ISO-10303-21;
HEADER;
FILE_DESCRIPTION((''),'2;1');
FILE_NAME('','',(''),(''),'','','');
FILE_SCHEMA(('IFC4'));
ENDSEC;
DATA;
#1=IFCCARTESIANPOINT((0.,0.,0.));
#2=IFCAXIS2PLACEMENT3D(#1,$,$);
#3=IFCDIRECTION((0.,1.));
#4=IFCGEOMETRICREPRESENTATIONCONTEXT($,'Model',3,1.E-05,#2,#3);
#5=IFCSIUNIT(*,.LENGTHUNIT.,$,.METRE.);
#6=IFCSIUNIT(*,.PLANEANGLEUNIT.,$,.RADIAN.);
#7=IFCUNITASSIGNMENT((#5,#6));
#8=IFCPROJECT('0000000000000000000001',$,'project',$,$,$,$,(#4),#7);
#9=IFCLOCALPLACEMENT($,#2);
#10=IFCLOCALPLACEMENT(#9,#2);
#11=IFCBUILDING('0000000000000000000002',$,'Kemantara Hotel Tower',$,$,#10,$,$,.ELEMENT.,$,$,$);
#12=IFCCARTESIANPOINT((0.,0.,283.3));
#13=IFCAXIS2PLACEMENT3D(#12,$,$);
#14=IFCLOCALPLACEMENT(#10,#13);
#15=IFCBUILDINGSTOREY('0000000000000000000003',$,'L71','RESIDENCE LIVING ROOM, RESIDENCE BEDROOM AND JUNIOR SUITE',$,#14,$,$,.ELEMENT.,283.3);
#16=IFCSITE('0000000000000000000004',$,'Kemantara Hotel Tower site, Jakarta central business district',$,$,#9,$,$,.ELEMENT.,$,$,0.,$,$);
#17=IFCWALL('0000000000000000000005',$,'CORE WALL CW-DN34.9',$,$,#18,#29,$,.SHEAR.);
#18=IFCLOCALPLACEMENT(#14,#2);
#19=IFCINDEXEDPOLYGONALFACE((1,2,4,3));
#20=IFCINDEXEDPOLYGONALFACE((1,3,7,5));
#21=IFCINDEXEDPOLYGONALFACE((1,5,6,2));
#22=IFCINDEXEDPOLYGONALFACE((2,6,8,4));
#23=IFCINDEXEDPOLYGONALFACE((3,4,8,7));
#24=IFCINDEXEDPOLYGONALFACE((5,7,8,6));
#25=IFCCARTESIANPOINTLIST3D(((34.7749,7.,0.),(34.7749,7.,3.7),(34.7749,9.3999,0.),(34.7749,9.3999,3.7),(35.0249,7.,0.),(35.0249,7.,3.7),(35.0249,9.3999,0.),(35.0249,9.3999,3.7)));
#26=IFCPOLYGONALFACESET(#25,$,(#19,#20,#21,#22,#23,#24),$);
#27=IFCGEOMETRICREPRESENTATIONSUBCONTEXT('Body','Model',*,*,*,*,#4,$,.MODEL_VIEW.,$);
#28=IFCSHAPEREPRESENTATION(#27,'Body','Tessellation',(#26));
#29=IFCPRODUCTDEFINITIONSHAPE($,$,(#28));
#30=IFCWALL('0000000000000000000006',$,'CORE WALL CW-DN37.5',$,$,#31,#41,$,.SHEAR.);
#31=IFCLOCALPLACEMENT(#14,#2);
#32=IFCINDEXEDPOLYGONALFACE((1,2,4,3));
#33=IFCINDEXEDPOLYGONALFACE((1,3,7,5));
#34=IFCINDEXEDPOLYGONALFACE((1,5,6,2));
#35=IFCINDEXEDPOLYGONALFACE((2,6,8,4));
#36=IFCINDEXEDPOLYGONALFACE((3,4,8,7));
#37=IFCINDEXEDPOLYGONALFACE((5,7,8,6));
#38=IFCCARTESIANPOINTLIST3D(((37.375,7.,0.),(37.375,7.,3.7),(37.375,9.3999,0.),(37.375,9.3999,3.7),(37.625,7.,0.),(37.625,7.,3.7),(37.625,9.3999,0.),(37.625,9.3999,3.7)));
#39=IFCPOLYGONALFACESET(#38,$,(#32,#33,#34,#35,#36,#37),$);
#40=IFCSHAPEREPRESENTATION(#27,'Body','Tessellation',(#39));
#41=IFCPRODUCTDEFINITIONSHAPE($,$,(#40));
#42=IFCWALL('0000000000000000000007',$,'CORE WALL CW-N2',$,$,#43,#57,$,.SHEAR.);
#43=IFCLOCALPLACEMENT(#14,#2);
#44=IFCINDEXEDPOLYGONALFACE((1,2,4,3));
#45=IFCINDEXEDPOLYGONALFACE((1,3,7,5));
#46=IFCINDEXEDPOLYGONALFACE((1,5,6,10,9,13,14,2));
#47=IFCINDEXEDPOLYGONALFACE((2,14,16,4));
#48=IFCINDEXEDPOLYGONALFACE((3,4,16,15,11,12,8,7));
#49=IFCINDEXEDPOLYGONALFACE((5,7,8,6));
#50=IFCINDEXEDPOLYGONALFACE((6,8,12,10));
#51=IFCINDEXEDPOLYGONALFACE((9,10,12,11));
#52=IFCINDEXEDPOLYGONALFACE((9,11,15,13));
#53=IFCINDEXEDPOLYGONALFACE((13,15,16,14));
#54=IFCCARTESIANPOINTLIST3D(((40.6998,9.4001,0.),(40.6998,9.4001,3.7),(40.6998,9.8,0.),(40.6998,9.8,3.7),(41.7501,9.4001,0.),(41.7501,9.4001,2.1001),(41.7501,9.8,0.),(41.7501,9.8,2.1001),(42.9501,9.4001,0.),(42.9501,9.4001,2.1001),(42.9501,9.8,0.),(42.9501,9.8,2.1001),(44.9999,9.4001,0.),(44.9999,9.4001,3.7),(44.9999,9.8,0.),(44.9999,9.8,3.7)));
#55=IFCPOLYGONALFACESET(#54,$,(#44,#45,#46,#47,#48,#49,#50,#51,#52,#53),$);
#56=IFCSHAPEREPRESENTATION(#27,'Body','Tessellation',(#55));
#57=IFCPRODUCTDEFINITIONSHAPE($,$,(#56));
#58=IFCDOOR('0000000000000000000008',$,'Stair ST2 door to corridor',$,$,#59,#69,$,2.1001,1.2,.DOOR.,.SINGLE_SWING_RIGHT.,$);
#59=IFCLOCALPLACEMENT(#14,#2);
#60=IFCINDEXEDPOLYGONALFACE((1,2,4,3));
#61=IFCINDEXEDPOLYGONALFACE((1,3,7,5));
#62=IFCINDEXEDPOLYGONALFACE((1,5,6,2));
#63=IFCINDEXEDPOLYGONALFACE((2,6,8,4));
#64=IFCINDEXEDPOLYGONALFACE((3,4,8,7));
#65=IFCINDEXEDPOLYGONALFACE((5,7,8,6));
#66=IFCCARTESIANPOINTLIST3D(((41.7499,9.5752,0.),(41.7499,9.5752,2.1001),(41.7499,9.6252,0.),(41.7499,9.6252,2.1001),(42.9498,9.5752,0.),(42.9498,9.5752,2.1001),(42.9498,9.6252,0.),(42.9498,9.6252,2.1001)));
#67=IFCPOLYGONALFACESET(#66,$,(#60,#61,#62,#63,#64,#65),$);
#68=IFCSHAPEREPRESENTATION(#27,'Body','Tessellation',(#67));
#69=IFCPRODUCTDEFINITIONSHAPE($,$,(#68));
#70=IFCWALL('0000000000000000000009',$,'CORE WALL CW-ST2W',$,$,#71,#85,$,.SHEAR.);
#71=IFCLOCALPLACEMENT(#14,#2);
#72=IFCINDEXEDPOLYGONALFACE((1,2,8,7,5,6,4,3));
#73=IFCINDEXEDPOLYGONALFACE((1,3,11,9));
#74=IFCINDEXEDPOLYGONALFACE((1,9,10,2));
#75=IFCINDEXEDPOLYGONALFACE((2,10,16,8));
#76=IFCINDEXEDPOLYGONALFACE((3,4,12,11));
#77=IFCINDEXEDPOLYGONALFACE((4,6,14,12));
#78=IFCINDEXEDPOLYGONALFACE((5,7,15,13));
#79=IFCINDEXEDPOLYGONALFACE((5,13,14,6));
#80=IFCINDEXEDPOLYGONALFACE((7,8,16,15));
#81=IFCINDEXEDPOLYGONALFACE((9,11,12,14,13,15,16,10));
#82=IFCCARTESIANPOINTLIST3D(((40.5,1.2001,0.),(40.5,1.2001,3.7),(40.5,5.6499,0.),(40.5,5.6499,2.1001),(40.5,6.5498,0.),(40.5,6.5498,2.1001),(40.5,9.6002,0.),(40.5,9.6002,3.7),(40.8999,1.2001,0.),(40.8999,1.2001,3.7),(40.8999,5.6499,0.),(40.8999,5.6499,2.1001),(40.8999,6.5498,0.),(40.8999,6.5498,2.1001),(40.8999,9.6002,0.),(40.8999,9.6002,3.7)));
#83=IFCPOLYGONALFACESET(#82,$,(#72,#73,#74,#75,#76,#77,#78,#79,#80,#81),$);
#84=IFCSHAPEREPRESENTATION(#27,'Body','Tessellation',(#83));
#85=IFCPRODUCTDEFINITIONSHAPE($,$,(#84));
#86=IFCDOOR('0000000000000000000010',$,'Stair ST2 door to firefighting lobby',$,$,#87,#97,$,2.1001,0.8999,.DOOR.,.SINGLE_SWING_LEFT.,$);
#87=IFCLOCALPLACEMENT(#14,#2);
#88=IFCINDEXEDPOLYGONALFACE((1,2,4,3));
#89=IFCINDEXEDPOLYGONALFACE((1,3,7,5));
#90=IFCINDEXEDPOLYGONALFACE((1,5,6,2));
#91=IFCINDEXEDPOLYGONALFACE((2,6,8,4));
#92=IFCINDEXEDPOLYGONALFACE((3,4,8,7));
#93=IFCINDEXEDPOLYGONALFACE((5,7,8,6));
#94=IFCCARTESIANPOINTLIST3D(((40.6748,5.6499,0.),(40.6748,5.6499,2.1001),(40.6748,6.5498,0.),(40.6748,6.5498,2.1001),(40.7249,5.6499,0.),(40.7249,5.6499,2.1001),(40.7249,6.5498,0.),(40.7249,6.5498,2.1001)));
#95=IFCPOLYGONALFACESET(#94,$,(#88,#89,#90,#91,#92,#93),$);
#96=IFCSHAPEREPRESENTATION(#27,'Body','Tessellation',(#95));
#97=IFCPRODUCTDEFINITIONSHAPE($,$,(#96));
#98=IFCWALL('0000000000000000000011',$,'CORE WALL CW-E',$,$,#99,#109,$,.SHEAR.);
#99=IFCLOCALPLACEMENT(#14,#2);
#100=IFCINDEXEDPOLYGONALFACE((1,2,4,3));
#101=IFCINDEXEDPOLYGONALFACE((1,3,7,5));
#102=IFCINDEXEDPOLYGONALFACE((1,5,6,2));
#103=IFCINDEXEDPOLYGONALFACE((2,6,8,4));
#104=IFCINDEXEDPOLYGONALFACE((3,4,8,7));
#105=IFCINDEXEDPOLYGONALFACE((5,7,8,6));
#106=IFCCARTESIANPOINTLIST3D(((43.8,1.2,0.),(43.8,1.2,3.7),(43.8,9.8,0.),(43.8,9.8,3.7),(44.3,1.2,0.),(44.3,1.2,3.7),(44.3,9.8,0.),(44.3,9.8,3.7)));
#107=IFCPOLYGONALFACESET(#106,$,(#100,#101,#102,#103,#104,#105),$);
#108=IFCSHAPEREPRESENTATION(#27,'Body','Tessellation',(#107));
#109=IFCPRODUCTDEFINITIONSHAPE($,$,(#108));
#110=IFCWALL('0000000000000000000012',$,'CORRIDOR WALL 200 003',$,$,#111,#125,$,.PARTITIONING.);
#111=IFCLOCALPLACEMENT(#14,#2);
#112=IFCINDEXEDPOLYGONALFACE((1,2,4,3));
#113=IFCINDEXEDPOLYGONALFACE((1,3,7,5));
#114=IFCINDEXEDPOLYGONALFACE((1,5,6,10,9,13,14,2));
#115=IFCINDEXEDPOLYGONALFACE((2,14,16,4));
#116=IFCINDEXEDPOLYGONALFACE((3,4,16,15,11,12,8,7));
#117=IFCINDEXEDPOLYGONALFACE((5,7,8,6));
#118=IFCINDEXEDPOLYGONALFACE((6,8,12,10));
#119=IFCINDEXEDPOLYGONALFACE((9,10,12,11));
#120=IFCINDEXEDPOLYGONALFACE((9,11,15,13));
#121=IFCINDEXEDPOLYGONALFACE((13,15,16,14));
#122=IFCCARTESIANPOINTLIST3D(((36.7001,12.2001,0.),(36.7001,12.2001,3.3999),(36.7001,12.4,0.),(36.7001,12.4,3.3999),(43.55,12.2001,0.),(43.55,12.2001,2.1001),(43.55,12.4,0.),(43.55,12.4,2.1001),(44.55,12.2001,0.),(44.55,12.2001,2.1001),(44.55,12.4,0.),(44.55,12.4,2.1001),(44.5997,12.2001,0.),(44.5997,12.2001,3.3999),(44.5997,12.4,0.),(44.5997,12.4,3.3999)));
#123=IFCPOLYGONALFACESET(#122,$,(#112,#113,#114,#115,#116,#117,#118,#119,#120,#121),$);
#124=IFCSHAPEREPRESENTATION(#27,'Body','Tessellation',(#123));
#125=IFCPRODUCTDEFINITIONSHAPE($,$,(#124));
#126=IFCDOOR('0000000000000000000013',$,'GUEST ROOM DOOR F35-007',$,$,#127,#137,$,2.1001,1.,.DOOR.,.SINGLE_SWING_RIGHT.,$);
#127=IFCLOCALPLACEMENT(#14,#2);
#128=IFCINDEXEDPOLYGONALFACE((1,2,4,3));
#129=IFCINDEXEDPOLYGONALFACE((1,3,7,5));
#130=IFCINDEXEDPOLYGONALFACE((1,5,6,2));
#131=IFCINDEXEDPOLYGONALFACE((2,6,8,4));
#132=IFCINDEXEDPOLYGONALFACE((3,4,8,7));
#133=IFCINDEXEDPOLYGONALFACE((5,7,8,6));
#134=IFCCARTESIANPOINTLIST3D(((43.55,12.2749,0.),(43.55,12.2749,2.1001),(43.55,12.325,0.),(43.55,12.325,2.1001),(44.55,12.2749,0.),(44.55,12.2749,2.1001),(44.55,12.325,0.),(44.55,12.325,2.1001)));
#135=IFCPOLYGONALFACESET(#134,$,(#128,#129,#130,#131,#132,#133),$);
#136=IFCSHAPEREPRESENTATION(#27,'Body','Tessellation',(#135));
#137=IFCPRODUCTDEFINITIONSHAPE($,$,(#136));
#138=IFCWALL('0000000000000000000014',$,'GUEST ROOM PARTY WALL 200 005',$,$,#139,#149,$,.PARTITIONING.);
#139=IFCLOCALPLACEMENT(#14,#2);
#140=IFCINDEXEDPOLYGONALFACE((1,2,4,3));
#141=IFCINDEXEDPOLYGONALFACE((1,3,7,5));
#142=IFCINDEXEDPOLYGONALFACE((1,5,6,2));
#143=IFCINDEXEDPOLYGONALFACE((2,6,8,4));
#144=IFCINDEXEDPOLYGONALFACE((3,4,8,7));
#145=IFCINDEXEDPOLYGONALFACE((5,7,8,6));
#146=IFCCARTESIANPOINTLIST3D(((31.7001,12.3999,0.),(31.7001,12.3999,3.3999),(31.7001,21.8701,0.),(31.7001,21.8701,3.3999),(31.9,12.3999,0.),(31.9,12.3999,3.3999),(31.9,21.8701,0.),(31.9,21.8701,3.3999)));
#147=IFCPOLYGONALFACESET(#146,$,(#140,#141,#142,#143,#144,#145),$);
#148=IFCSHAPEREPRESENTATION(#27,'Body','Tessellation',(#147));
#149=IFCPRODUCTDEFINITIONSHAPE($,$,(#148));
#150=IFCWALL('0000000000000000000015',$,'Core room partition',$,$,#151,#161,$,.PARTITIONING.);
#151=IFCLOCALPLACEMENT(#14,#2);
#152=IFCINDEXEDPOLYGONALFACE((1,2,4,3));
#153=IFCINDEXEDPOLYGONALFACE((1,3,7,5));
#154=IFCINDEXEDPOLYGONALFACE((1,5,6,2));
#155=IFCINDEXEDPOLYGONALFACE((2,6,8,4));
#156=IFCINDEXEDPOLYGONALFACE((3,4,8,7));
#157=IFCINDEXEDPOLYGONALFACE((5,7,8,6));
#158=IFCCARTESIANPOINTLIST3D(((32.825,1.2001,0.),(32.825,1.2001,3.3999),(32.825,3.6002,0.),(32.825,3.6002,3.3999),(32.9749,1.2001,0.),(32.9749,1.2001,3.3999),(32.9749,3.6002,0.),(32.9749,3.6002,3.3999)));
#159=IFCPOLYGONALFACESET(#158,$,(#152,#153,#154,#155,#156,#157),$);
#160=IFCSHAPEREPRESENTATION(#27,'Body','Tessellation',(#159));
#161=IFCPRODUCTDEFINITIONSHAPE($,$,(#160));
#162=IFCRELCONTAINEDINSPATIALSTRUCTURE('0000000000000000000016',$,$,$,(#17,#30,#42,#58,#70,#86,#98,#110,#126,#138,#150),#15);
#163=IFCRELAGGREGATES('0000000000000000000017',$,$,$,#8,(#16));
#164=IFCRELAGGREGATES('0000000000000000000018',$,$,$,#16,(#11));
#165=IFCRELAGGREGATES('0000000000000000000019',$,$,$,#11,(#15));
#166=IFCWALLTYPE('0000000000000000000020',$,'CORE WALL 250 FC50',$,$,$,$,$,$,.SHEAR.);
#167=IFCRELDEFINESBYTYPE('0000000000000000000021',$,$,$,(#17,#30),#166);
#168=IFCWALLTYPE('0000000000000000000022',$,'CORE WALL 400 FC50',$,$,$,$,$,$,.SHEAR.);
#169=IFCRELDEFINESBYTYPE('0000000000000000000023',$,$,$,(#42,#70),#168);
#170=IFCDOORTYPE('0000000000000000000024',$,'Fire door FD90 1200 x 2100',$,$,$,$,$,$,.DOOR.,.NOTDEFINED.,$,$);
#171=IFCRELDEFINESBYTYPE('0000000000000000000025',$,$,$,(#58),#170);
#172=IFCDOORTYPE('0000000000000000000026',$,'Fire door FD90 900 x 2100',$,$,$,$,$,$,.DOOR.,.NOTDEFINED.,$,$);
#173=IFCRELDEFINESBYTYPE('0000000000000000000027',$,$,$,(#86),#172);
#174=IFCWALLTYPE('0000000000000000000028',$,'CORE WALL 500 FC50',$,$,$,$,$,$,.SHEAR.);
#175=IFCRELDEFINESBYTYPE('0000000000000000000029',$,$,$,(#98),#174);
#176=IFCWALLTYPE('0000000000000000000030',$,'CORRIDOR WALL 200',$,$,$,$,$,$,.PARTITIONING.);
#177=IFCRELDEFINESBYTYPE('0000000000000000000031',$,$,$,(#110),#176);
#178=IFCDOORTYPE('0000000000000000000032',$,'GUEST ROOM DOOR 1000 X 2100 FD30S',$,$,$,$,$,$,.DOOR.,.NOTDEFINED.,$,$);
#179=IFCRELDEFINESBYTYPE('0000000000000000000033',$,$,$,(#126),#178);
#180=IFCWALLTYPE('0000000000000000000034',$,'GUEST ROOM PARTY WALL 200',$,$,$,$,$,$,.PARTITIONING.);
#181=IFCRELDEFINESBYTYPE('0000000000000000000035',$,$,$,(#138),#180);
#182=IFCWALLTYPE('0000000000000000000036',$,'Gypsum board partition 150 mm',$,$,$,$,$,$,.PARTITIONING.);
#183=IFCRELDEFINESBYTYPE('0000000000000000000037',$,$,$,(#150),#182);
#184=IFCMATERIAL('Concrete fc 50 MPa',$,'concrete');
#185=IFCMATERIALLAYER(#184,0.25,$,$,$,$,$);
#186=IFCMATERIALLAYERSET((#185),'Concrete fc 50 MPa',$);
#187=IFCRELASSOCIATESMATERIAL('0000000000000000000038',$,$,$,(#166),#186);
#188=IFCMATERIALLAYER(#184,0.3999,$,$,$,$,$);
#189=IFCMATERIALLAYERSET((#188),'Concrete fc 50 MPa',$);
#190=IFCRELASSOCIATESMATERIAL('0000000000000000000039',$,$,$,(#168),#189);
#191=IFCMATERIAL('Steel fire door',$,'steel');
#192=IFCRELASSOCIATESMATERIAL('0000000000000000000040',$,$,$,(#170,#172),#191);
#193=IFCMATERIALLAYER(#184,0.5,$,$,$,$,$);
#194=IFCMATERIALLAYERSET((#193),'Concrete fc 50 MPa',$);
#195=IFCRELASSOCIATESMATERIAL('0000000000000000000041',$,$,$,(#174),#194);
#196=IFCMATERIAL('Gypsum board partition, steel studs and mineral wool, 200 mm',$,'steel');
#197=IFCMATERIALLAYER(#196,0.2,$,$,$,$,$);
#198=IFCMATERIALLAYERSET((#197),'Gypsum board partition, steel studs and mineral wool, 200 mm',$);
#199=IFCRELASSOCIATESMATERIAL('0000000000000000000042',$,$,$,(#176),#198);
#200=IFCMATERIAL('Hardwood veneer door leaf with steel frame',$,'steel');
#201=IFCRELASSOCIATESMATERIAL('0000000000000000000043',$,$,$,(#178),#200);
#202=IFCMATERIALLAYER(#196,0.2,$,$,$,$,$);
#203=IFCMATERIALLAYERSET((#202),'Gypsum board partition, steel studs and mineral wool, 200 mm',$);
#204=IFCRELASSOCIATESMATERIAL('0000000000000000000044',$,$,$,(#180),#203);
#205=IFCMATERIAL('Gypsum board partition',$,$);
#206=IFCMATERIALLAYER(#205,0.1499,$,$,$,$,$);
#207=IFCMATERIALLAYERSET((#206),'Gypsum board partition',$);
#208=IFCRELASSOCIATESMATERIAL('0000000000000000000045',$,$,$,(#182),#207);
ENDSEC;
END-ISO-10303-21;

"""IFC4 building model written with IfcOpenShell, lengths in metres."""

from ifc_helpers import new_model, si_unit, direction, frame, frame_2d, origin, place, context, subcontext, project, spatial, rectangle, extrude, material, layer, layer_set, type_object, element, fill, save


model = new_model("IFC4")

# Units and contexts
model_context = context("Model", 3, precision=1e-05, world=origin(), true_north=direction((0.0, 1.0)))
body_context = subcontext(model_context, "Body", "Model", "MODEL_VIEW")
ifc_project = project(units=[si_unit("LENGTHUNIT", "METRE"), si_unit("PLANEANGLEUNIT", "RADIAN")], contexts=[model_context])

# Site, building, storey
site_placement = place(None, origin())
site = spatial("IfcSite", under=ifc_project, at=site_placement, Name="Kemantara Hotel Tower site, Jakarta central business district", CompositionType="ELEMENT", RefElevation=0.0)
building_placement = place(site_placement, origin())
building = spatial("IfcBuilding", under=site, at=building_placement, Name="Kemantara Hotel Tower", CompositionType="ELEMENT")
storey_placement = place(building_placement, frame((0.0, 0.0, 283.3)))
storey = spatial("IfcBuildingStorey", under=building, at=storey_placement, Name="L71", Description="RESIDENCE LIVING ROOM, RESIDENCE BEDROOM AND JUNIOR SUITE", CompositionType="ELEMENT", Elevation=283.3)

# Shared definitions
ifc_material_1 = material(Name="Concrete fc 50 MPa", Category="concrete")

# Walls
ifc_layer_1 = layer(ifc_material_1, 0.25)
ifc_layer_set_1 = layer_set([ifc_layer_1], Name="Concrete fc 50 MPa")
wall_type_1 = type_object("IfcWallType", Name="CORE WALL 250 FC50", PredefinedType="SHEAR", material=ifc_layer_set_1)
for number, where, z_axis, x_axis, name in (
    (1, (34.8999, 7.0, 0.0), (0.0, 0.0, 1.0), (0.0, 1.0, 0.0), "CORE WALL CW-DN34.9"),
    (2, (37.5, 7.0, 0.0), (0.0, 0.0, 1.0), (0.0, 1.0, 0.0), "CORE WALL CW-DN37.5"),
):
    element("IfcWall", number, at=place(storey_placement, frame(where, z_axis=z_axis, x_axis=x_axis)), inside=storey, type_object=wall_type_1, Name=name, PredefinedType="SHEAR", context=body_context, shape_type="SweptSolid", body=[
        extrude(rectangle(XDim=2.3999, YDim=0.25, at=frame_2d((1.2, 0.0))), origin(), (0.0, 0.0, 1.0), 3.7),
    ])

# Walls, openings, doors
ifc_layer_2 = layer(ifc_material_1, 0.3999)
ifc_layer_set_2 = layer_set([ifc_layer_2], Name="Concrete fc 50 MPa")
wall_type_2 = type_object("IfcWallType", Name="CORE WALL 400 FC50", PredefinedType="SHEAR", material=ifc_layer_set_2)
wall_1_placement = place(storey_placement, frame((40.7, 9.6001, 0.0), z_axis=(0.0, 0.0, 1.0), x_axis=(1.0, 0.0, 0.0)))
wall_1 = element("IfcWall", 3, at=wall_1_placement, inside=storey, type_object=wall_type_2, Name="CORE WALL CW-N2", PredefinedType="SHEAR", context=body_context, shape_type="SweptSolid", body=[
    extrude(rectangle(XDim=4.3, YDim=0.3999, at=frame_2d((2.1499, 0.0))), origin(), (0.0, 0.0, 1.0), 3.7),
])
opening_1_placement = place(wall_1_placement, frame((1.05, 0.0, 0.0)))
opening_1 = element("IfcOpeningElement", 4, at=opening_1_placement, cuts=wall_1, PredefinedType="OPENING", context=body_context, shape_type="SweptSolid", body=[
    extrude(rectangle(XDim=1.2, YDim=2.1001, at=frame_2d((0.6001, 1.05))), frame((0.0, 0.21, 0.0), z_axis=(0.0, -1.0, 0.0), x_axis=(1.0, 0.0, 0.0)), (0.0, 0.0, 1.0), 0.4199),
])
ifc_material_2 = material(Name="Steel fire door", Category="steel")
door_type_1 = type_object("IfcDoorType", Name="Fire door FD90 1200 x 2100", OperationType="NOTDEFINED", PredefinedType="DOOR", material=ifc_material_2)
door_1_placement = place(opening_1_placement, frame((1.2, 0.0, 0.0), z_axis=(0.0, 0.0, 1.0), x_axis=(-1.0, 0.0, 0.0)))
door_1 = element("IfcDoor", 5, at=door_1_placement, inside=storey, type_object=door_type_1, Name="Stair ST2 door to corridor", OperationType="SINGLE_SWING_RIGHT", OverallHeight=2.1001, OverallWidth=1.2, PredefinedType="DOOR", context=body_context, shape_type="SweptSolid", body=[
    extrude(rectangle(XDim=1.2, YDim=2.1001, at=frame_2d((0.6001, 1.05))), frame((0.0, 0.0249, 0.0), z_axis=(0.0, -1.0, 0.0), x_axis=(1.0, 0.0, 0.0)), (0.0, 0.0, 1.0), 0.05),
])
fill(opening_1, door_1)
wall_2_placement = place(storey_placement, frame((40.7, 1.2, 0.0), z_axis=(0.0, 0.0, 1.0), x_axis=(0.0, 1.0, 0.0)))
wall_2 = element("IfcWall", 6, at=wall_2_placement, inside=storey, type_object=wall_type_2, Name="CORE WALL CW-ST2W", PredefinedType="SHEAR", context=body_context, shape_type="SweptSolid", body=[
    extrude(rectangle(XDim=8.4001, YDim=0.3999, at=frame_2d((4.2002, 0.0))), origin(), (0.0, 0.0, 1.0), 3.7),
])
opening_2_placement = place(wall_2_placement, frame((4.45, 0.0, 0.0)))
opening_2 = element("IfcOpeningElement", 7, at=opening_2_placement, cuts=wall_2, PredefinedType="OPENING", context=body_context, shape_type="SweptSolid", body=[
    extrude(rectangle(XDim=0.8999, YDim=2.1001, at=frame_2d((0.45, 1.05))), frame((0.0, 0.21, 0.0), z_axis=(0.0, -1.0, 0.0), x_axis=(1.0, 0.0, 0.0)), (0.0, 0.0, 1.0), 0.4199),
])
door_type_2 = type_object("IfcDoorType", Name="Fire door FD90 900 x 2100", OperationType="NOTDEFINED", PredefinedType="DOOR", material=ifc_material_2)
door_2_placement = place(opening_2_placement, frame((0.8999, 0.0, 0.0), z_axis=(0.0, 0.0, 1.0), x_axis=(-1.0, 0.0, 0.0)))
door_2 = element("IfcDoor", 8, at=door_2_placement, inside=storey, type_object=door_type_2, Name="Stair ST2 door to firefighting lobby", OperationType="SINGLE_SWING_LEFT", OverallHeight=2.1001, OverallWidth=0.8999, PredefinedType="DOOR", context=body_context, shape_type="SweptSolid", body=[
    extrude(rectangle(XDim=0.8999, YDim=2.1001, at=frame_2d((0.45, 1.05))), frame((0.0, 0.0249, 0.0), z_axis=(0.0, -1.0, 0.0), x_axis=(1.0, 0.0, 0.0)), (0.0, 0.0, 1.0), 0.05),
])
fill(opening_2, door_2)

# Wall
ifc_layer_3 = layer(ifc_material_1, 0.5)
ifc_layer_set_3 = layer_set([ifc_layer_3], Name="Concrete fc 50 MPa")
wall_type_3 = type_object("IfcWallType", Name="CORE WALL 500 FC50", PredefinedType="SHEAR", material=ifc_layer_set_3)
wall_3_placement = place(storey_placement, frame((44.05, 1.2, 0.0), z_axis=(0.0, 0.0, 1.0), x_axis=(0.0, 1.0, 0.0)))
element("IfcWall", 9, at=wall_3_placement, inside=storey, type_object=wall_type_3, Name="CORE WALL CW-E", PredefinedType="SHEAR", context=body_context, shape_type="SweptSolid", body=[
    extrude(rectangle(XDim=8.6001, YDim=0.5, at=frame_2d((4.3, 0.0))), origin(), (0.0, 0.0, 1.0), 3.7),
])

# Wall, opening, door
ifc_material_3 = material(Name="Gypsum board partition, steel studs and mineral wool, 200 mm", Category="steel")
ifc_layer_4 = layer(ifc_material_3, 0.2)
ifc_layer_set_4 = layer_set([ifc_layer_4], Name="Gypsum board partition, steel studs and mineral wool, 200 mm")
wall_type_4 = type_object("IfcWallType", Name="CORRIDOR WALL 200", PredefinedType="PARTITIONING", material=ifc_layer_set_4)
wall_4_placement = place(storey_placement, frame((36.7002, 12.3, 0.0), z_axis=(0.0, 0.0, 1.0), x_axis=(1.0, 0.0, 0.0)))
wall_4 = element("IfcWall", 10, at=wall_4_placement, inside=storey, type_object=wall_type_4, Name="CORRIDOR WALL 200 003", PredefinedType="PARTITIONING", context=body_context, shape_type="SweptSolid", body=[
    extrude(rectangle(XDim=7.8997, YDim=0.2, at=frame_2d((3.9497, 0.0))), origin(), (0.0, 0.0, 1.0), 3.3999),
])
opening_3_placement = place(wall_4_placement, frame((6.8499, 0.0, 0.0)))
opening_3 = element("IfcOpeningElement", 11, at=opening_3_placement, cuts=wall_4, PredefinedType="OPENING", context=body_context, shape_type="SweptSolid", body=[
    extrude(rectangle(XDim=1.0, YDim=2.1001, at=frame_2d((0.5, 1.05))), frame((0.0, 0.1099, 0.0), z_axis=(0.0, -1.0, 0.0), x_axis=(1.0, 0.0, 0.0)), (0.0, 0.0, 1.0), 0.22),
])
ifc_material_4 = material(Name="Hardwood veneer door leaf with steel frame", Category="steel")
door_type_3 = type_object("IfcDoorType", Name="GUEST ROOM DOOR 1000 X 2100 FD30S", OperationType="NOTDEFINED", PredefinedType="DOOR", material=ifc_material_4)
door_3_placement = place(opening_3_placement, origin())
door_3 = element("IfcDoor", 12, at=door_3_placement, inside=storey, type_object=door_type_3, Name="GUEST ROOM DOOR F35-007", OperationType="SINGLE_SWING_RIGHT", OverallHeight=2.1001, OverallWidth=1.0, PredefinedType="DOOR", context=body_context, shape_type="SweptSolid", body=[
    extrude(rectangle(XDim=1.0, YDim=2.1001, at=frame_2d((0.5, 1.05))), frame((0.0, 0.0249, 0.0), z_axis=(0.0, -1.0, 0.0), x_axis=(1.0, 0.0, 0.0)), (0.0, 0.0, 1.0), 0.05),
])
fill(opening_3, door_3)

# Walls
ifc_layer_5 = layer(ifc_material_3, 0.2)
ifc_layer_set_5 = layer_set([ifc_layer_5], Name="Gypsum board partition, steel studs and mineral wool, 200 mm")
wall_type_5 = type_object("IfcWallType", Name="GUEST ROOM PARTY WALL 200", PredefinedType="PARTITIONING", material=ifc_layer_set_5)
wall_5_placement = place(storey_placement, frame((31.8, 12.3999, 0.0), z_axis=(0.0, 0.0, 1.0), x_axis=(0.0, 1.0, 0.0)))
element("IfcWall", 13, at=wall_5_placement, inside=storey, type_object=wall_type_5, Name="GUEST ROOM PARTY WALL 200 005", PredefinedType="PARTITIONING", context=body_context, shape_type="SweptSolid", body=[
    extrude(rectangle(XDim=9.4702, YDim=0.2, at=frame_2d((4.7351, 0.0))), origin(), (0.0, 0.0, 1.0), 3.3999),
])
ifc_material_5 = material(Name="Gypsum board partition")
ifc_layer_6 = layer(ifc_material_5, 0.1499)
ifc_layer_set_6 = layer_set([ifc_layer_6], Name="Gypsum board partition")
wall_type_6 = type_object("IfcWallType", Name="Gypsum board partition 150 mm", PredefinedType="PARTITIONING", material=ifc_layer_set_6)
wall_6_placement = place(storey_placement, frame((32.8999, 1.2, 0.0), z_axis=(0.0, 0.0, 1.0), x_axis=(0.0, 1.0, 0.0)))
element("IfcWall", 14, at=wall_6_placement, inside=storey, type_object=wall_type_6, Name="Core room partition", PredefinedType="PARTITIONING", context=body_context, shape_type="SweptSolid", body=[
    extrude(rectangle(XDim=2.4001, YDim=0.1499, at=frame_2d((1.2002, 0.0))), origin(), (0.0, 0.0, 1.0), 3.3999),
])

save(model, "model.ifc")
